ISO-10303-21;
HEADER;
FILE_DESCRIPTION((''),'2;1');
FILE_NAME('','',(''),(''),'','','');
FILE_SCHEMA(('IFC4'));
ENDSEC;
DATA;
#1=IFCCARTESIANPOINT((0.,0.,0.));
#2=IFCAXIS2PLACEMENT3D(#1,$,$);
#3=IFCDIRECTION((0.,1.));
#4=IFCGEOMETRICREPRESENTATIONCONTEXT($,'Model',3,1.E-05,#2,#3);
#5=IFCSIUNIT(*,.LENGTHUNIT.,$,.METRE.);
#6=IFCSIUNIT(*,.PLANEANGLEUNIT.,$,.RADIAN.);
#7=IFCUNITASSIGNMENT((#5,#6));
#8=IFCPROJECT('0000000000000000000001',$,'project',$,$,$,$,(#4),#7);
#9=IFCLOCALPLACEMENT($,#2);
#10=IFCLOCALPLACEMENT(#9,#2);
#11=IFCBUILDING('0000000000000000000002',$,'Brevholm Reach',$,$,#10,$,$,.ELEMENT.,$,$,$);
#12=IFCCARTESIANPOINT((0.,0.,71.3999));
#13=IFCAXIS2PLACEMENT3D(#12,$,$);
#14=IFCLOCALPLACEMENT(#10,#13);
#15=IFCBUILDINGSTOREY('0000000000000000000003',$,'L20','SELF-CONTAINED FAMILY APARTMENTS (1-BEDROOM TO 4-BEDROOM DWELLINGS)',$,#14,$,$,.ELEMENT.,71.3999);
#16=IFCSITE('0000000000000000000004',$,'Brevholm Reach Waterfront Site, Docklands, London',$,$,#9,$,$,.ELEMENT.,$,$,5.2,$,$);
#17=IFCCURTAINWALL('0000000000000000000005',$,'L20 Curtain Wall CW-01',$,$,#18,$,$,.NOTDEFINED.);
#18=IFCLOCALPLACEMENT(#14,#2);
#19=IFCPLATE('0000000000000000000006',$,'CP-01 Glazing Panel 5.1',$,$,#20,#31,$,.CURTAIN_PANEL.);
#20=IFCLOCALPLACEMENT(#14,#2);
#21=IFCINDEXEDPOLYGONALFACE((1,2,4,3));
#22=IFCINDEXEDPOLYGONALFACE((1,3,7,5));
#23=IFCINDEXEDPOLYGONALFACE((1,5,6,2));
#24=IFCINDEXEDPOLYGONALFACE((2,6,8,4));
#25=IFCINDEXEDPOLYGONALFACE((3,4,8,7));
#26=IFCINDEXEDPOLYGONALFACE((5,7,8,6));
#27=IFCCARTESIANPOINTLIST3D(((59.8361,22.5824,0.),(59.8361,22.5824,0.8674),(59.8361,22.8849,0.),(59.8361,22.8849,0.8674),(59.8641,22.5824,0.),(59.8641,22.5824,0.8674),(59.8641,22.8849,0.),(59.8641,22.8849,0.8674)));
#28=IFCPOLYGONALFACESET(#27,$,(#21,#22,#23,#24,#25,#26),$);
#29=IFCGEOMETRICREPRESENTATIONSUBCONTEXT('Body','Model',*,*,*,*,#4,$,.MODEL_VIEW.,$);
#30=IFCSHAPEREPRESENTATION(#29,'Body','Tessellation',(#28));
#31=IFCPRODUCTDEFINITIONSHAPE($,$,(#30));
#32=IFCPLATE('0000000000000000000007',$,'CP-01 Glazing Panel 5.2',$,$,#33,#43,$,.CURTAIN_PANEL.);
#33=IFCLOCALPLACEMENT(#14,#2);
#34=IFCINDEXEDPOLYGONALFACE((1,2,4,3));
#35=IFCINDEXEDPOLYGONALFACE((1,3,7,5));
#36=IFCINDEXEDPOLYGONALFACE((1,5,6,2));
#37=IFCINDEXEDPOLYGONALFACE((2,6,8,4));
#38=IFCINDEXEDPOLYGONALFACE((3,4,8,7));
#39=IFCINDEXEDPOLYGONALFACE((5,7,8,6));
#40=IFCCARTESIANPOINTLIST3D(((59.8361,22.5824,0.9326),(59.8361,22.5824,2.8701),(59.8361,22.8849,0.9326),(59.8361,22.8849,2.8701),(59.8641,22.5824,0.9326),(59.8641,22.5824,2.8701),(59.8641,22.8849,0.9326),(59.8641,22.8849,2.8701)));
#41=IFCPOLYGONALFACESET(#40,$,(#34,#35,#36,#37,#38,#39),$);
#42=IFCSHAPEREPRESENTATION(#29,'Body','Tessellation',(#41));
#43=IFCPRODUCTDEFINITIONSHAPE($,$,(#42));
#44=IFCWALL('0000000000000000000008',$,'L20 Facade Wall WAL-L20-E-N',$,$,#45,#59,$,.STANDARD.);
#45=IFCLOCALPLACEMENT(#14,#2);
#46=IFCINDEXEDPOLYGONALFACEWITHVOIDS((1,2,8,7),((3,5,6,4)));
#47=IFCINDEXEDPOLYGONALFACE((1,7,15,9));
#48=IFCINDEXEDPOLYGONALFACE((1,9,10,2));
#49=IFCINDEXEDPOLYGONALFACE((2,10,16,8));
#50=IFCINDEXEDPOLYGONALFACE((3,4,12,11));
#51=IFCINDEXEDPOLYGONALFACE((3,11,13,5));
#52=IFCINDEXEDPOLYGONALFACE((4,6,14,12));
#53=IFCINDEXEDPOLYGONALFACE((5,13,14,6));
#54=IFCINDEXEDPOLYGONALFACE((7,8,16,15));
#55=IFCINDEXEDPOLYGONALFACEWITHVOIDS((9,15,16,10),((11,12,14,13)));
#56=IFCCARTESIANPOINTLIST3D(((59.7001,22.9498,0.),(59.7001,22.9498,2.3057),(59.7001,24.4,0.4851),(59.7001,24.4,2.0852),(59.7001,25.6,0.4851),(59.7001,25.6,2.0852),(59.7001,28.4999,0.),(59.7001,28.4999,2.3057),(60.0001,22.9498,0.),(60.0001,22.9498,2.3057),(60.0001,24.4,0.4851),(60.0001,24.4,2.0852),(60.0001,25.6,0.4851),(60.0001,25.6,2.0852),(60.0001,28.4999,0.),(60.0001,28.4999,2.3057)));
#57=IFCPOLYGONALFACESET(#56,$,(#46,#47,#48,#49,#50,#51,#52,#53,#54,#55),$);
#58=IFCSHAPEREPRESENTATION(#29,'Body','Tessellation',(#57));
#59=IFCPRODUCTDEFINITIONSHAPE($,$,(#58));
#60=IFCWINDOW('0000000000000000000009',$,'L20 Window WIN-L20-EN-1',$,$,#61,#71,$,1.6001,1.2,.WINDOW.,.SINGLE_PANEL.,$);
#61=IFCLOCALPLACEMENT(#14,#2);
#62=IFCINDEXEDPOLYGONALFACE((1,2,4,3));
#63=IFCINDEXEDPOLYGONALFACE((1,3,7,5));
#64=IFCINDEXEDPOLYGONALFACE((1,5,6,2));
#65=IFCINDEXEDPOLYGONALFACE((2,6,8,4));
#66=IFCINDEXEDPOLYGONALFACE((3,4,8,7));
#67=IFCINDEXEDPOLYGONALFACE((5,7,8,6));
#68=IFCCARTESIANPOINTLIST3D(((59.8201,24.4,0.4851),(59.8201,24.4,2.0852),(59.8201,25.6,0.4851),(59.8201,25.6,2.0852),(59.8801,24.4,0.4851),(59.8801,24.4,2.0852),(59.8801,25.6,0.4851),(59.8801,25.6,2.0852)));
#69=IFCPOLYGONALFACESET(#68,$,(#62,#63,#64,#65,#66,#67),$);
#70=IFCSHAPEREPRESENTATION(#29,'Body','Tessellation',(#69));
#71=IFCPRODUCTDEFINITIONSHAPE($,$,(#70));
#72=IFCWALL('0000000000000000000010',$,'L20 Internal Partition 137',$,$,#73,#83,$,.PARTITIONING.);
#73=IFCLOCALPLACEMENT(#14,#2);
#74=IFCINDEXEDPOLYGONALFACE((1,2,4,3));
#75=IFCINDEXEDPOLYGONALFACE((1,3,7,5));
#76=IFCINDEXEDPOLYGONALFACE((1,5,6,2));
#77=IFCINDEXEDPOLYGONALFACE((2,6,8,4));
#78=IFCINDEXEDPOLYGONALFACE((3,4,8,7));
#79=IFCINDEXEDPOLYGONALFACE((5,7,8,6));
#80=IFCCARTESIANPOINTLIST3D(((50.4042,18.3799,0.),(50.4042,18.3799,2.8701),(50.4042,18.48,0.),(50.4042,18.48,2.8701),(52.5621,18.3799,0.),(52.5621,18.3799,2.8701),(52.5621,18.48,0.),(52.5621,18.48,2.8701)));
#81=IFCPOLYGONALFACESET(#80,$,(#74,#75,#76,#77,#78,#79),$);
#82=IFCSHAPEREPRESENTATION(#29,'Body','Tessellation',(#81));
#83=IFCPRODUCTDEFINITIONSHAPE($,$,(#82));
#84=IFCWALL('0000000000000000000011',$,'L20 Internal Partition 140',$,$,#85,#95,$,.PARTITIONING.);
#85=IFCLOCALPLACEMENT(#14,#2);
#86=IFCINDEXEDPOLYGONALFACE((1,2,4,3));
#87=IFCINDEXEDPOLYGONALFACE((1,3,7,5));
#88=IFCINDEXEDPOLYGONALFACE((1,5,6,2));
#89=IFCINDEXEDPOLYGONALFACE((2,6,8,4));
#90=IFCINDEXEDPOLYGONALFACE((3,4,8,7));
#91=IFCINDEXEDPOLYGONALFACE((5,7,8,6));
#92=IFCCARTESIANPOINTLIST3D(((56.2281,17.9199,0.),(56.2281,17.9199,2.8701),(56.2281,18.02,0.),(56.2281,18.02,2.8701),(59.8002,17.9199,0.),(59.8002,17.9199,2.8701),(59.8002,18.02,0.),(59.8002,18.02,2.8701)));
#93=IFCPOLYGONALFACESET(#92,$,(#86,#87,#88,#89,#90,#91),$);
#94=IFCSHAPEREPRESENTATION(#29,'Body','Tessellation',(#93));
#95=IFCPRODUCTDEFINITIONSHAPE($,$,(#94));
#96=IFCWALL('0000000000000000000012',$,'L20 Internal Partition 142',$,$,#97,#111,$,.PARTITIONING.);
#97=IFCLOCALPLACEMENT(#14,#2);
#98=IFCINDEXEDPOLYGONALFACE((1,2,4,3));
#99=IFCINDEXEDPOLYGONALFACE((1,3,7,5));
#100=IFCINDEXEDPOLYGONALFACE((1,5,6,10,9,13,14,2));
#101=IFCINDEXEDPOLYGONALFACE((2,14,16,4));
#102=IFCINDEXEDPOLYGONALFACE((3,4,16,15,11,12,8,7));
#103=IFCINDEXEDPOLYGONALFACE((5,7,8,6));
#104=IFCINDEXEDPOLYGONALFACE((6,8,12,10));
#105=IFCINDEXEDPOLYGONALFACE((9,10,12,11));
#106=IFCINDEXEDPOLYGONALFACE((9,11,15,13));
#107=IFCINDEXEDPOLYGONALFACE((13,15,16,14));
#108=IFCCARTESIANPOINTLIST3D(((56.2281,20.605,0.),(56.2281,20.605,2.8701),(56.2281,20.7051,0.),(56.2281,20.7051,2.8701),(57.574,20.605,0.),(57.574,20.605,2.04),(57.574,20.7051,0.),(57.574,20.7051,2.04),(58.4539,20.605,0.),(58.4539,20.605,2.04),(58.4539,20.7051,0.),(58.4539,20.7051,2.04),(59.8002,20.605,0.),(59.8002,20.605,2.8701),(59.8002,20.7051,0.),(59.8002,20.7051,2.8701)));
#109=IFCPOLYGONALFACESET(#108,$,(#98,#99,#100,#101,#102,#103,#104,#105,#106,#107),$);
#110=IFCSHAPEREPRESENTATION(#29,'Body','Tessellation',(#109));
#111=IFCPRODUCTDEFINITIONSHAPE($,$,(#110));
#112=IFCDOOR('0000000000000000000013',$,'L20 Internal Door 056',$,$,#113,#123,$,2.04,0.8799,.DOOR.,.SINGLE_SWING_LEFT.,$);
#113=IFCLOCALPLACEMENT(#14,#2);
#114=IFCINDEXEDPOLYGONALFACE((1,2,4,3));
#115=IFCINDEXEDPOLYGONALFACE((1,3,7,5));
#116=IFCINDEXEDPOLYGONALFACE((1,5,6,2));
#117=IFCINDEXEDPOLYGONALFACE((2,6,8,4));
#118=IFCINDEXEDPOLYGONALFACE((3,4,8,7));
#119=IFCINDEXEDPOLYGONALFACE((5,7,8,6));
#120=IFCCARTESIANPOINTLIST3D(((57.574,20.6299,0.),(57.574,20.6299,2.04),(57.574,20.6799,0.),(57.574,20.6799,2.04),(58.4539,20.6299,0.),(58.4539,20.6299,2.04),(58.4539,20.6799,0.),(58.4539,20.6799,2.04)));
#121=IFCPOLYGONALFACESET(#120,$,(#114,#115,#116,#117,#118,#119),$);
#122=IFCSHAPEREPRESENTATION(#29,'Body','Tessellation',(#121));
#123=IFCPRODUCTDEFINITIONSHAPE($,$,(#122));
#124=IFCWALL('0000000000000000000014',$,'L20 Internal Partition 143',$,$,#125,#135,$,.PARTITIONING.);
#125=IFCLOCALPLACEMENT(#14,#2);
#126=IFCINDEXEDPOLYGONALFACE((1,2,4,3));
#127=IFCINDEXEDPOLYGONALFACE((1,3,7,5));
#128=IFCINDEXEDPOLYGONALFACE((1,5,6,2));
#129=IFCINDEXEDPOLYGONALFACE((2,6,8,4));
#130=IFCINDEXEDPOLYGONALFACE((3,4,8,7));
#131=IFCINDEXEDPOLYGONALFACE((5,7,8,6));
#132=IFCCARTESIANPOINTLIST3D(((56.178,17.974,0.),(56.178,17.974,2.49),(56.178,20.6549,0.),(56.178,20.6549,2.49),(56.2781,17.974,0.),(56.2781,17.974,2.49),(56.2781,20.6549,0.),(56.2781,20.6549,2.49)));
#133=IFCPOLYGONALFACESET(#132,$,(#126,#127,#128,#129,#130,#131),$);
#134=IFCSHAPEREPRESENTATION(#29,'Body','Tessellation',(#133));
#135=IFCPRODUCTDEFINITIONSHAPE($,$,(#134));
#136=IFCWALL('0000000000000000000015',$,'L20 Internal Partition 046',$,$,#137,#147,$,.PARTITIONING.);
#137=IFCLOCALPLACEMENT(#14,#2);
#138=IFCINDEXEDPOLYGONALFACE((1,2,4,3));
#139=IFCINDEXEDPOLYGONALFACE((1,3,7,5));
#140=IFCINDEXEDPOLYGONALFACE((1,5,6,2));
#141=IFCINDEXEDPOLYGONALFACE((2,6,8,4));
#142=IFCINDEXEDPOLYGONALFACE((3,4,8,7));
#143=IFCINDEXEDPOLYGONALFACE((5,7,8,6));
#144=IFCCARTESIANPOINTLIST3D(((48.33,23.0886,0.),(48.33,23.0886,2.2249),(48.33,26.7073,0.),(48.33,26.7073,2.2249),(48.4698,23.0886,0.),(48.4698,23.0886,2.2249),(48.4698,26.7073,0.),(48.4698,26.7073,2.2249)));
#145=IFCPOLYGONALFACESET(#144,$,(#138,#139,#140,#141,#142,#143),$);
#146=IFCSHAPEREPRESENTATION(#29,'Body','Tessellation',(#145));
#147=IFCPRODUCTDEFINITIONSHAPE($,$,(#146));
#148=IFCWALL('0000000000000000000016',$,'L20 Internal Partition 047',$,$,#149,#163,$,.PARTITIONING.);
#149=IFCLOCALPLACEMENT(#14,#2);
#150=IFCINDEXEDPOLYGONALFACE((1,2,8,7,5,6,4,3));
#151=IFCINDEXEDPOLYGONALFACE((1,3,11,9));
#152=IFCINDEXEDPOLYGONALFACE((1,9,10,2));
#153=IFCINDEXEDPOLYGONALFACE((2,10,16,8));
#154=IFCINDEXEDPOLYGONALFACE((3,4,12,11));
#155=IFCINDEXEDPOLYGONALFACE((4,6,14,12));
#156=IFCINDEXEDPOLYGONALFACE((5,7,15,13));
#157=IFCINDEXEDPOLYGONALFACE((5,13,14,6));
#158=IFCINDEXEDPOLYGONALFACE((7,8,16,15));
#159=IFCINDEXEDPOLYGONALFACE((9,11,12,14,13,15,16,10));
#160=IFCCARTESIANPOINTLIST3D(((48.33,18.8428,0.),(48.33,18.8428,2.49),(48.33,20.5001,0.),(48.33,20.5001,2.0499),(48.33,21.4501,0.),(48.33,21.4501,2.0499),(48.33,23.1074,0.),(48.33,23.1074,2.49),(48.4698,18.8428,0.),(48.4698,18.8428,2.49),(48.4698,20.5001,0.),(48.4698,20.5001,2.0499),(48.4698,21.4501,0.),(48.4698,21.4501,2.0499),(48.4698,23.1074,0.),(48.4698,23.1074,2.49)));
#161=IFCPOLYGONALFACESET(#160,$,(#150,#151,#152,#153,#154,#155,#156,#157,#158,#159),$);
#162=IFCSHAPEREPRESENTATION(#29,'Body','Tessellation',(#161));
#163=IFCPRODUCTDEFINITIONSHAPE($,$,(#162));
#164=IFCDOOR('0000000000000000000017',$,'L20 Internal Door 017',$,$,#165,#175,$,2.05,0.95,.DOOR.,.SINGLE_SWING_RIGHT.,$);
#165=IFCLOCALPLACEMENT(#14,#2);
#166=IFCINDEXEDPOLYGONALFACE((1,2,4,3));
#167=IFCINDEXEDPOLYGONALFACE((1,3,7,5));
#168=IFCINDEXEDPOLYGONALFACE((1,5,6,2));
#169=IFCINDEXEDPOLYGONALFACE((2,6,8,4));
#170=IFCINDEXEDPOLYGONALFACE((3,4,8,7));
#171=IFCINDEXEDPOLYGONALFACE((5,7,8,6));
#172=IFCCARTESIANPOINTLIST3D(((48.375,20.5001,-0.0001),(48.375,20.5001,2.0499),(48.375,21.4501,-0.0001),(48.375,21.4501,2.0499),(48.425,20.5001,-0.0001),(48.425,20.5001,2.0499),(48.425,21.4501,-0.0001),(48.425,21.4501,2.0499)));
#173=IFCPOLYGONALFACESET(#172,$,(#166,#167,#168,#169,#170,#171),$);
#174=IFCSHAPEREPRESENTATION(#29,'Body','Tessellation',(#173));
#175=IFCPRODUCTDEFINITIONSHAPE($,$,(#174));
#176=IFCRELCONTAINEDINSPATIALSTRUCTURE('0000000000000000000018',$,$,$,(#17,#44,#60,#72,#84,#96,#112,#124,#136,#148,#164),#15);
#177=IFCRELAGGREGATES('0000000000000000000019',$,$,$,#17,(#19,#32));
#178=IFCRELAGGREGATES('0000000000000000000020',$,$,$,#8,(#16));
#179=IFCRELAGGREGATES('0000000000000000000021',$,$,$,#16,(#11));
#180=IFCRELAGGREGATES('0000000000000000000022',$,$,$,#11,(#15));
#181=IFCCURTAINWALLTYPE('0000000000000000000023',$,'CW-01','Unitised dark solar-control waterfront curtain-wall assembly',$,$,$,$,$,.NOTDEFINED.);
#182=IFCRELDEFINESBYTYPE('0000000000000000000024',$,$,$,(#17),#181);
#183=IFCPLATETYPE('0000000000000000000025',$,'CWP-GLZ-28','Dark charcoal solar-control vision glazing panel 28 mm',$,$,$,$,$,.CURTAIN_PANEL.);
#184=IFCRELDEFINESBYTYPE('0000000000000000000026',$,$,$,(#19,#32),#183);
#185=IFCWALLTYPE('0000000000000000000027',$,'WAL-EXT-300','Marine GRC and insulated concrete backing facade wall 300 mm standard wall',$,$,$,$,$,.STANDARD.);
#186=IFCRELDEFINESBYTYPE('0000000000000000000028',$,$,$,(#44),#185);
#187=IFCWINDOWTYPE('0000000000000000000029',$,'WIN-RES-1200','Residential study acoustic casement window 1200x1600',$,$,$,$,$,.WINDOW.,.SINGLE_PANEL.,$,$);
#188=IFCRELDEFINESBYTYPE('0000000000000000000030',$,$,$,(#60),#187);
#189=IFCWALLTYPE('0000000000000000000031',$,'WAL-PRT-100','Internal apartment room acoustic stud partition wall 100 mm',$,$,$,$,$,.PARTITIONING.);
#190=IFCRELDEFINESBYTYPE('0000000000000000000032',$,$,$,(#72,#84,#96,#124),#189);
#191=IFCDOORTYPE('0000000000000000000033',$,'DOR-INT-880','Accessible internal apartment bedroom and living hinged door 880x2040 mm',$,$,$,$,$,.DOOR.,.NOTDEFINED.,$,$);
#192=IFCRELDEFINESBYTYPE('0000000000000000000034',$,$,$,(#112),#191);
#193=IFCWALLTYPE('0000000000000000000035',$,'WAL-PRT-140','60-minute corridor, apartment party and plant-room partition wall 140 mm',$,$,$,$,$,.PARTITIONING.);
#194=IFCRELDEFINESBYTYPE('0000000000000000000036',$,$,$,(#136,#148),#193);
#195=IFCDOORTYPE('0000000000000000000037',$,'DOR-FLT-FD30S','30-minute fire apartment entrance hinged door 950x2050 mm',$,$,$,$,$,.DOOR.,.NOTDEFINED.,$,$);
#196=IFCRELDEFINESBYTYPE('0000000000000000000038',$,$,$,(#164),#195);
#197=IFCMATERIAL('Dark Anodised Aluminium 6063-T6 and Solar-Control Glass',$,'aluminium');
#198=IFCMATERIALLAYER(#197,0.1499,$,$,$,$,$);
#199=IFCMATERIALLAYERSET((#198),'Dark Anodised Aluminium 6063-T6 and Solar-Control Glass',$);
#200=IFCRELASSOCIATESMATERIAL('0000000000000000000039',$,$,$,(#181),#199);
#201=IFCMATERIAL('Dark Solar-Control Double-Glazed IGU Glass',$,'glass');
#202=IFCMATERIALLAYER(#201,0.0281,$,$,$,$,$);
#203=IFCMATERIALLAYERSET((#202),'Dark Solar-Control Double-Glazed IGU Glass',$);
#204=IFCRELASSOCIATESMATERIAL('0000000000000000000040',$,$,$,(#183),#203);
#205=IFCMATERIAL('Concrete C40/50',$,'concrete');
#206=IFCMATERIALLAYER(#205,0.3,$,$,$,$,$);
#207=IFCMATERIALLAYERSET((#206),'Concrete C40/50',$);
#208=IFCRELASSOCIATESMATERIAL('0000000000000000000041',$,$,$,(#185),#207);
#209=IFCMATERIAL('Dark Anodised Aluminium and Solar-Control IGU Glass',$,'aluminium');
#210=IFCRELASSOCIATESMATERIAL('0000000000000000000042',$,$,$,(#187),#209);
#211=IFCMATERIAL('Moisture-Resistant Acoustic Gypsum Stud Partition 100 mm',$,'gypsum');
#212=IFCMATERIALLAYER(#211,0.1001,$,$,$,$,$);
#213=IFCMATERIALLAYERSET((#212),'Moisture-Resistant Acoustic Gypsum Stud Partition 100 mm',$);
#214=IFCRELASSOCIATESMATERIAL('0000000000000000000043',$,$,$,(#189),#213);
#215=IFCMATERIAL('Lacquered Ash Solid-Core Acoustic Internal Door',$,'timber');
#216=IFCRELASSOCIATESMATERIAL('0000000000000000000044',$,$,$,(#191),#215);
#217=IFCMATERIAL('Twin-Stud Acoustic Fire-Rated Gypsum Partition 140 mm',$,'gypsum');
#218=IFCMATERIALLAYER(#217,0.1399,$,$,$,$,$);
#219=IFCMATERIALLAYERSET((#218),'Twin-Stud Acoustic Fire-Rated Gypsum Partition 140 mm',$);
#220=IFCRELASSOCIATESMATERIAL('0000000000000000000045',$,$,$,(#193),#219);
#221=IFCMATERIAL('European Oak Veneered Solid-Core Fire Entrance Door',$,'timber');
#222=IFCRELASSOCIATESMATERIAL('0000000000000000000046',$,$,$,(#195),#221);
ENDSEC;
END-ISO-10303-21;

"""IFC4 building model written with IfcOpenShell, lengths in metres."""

from ifc_helpers import new_model, si_unit, direction, frame, frame_2d, origin, origin_2d, place, context, subcontext, project, spatial, rectangle, extrude, material, layer, layer_set, type_object, element, fill, aggregate, save


model = new_model("IFC4")

# Units and contexts
model_context = context("Model", 3, precision=1e-05, world=origin(), true_north=direction((0.0, 1.0)))
body_context = subcontext(model_context, "Body", "Model", "MODEL_VIEW")
ifc_project = project(units=[si_unit("LENGTHUNIT", "METRE"), si_unit("PLANEANGLEUNIT", "RADIAN")], contexts=[model_context])

# Site, building, storey
site_placement = place(None, origin())
site = spatial("IfcSite", under=ifc_project, at=site_placement, Name="Brevholm Reach Waterfront Site, Docklands, London", CompositionType="ELEMENT", RefElevation=5.2)
building_placement = place(site_placement, origin())
building = spatial("IfcBuilding", under=site, at=building_placement, Name="Brevholm Reach", CompositionType="ELEMENT")
storey_placement = place(building_placement, frame((0.0, 0.0, 71.3999)))
storey = spatial("IfcBuildingStorey", under=building, at=storey_placement, Name="L20", Description="SELF-CONTAINED FAMILY APARTMENTS (1-BEDROOM TO 4-BEDROOM DWELLINGS)", CompositionType="ELEMENT", Elevation=71.3999)

# Curtain wall, plates
ifc_material_1 = material(Name="Dark Anodised Aluminium 6063-T6 and Solar-Control Glass", Category="aluminium")
ifc_layer_1 = layer(ifc_material_1, 0.1499)
ifc_layer_set_1 = layer_set([ifc_layer_1], Name="Dark Anodised Aluminium 6063-T6 and Solar-Control Glass")
curtain_wall_type = type_object("IfcCurtainWallType", Name="CW-01", Description="Unitised dark solar-control waterfront curtain-wall assembly", PredefinedType="NOTDEFINED", material=ifc_layer_set_1)
curtain_wall_placement = place(storey_placement, origin())
curtain_wall = element("IfcCurtainWall", 1, at=curtain_wall_placement, inside=storey, type_object=curtain_wall_type, Name="L20 Curtain Wall CW-01", PredefinedType="NOTDEFINED")
ifc_material_2 = material(Name="Dark Solar-Control Double-Glazed IGU Glass", Category="glass")
ifc_layer_2 = layer(ifc_material_2, 0.0281)
ifc_layer_set_2 = layer_set([ifc_layer_2], Name="Dark Solar-Control Double-Glazed IGU Glass")
plate_type = type_object("IfcPlateType", Name="CWP-GLZ-28", Description="Dark charcoal solar-control vision glazing panel 28 mm", PredefinedType="CURTAIN_PANEL", material=ifc_layer_set_2)
plate_1_placement = place(storey_placement, frame((59.8501, 22.7336, 0.0), z_axis=(0.0, 0.0, 1.0), x_axis=(0.0, 1.0, 0.0)))
plate_1 = element("IfcPlate", 2, at=plate_1_placement, type_object=plate_type, Name="CP-01 Glazing Panel 5.1", PredefinedType="CURTAIN_PANEL", context=body_context, shape_type="SweptSolid", body=[
    extrude(rectangle(XDim=0.3025, YDim=0.0281, at=origin_2d()), origin(), (0.0, 0.0, 1.0), 0.8674),
])
plate_2_placement = place(storey_placement, frame((59.8501, 22.7336, 0.9326), z_axis=(0.0, 0.0, 1.0), x_axis=(0.0, 1.0, 0.0)))
plate_2 = element("IfcPlate", 3, at=plate_2_placement, type_object=plate_type, Name="CP-01 Glazing Panel 5.2", PredefinedType="CURTAIN_PANEL", context=body_context, shape_type="SweptSolid", body=[
    extrude(rectangle(XDim=0.3025, YDim=0.0281, at=origin_2d()), origin(), (0.0, 0.0, 1.0), 1.9375),
])
aggregate(curtain_wall, [plate_1, plate_2])

# Wall, opening, window
ifc_material_3 = material(Name="Concrete C40/50", Category="concrete")
ifc_layer_3 = layer(ifc_material_3, 0.3)
ifc_layer_set_3 = layer_set([ifc_layer_3], Name="Concrete C40/50")
wall_type_1 = type_object("IfcWallType", Name="WAL-EXT-300", Description="Marine GRC and insulated concrete backing facade wall 300 mm standard wall", PredefinedType="STANDARD", material=ifc_layer_set_3)
wall_1_placement = place(storey_placement, frame((59.8501, 22.95, 0.0), z_axis=(0.0, 0.0, 1.0), x_axis=(0.0, 1.0, 0.0)))
wall_1 = element("IfcWall", 4, at=wall_1_placement, inside=storey, type_object=wall_type_1, Name="L20 Facade Wall WAL-L20-E-N", PredefinedType="STANDARD", context=body_context, shape_type="SweptSolid", body=[
    extrude(rectangle(XDim=5.55, YDim=0.3, at=frame_2d((2.7749, 0.0))), origin(), (0.0, 0.0, 1.0), 2.3057),
])
opening_1_placement = place(wall_1_placement, frame((1.45, 0.0, 0.4851)))
opening_1 = element("IfcOpeningElement", 5, at=opening_1_placement, cuts=wall_1, PredefinedType="OPENING", context=body_context, shape_type="SweptSolid", body=[
    extrude(rectangle(XDim=1.2, YDim=1.6001, at=frame_2d((0.6001, 0.8))), frame((0.0, 0.1599, 0.0), z_axis=(0.0, -1.0, 0.0), x_axis=(1.0, 0.0, 0.0)), (0.0, 0.0, 1.0), 0.3201),
])
ifc_material_4 = material(Name="Dark Anodised Aluminium and Solar-Control IGU Glass", Category="aluminium")
window_type = type_object("IfcWindowType", Name="WIN-RES-1200", Description="Residential study acoustic casement window 1200x1600", PartitioningType="SINGLE_PANEL", PredefinedType="WINDOW", material=ifc_material_4)
window_placement = place(opening_1_placement, origin())
window = element("IfcWindow", 6, at=window_placement, inside=storey, type_object=window_type, Name="L20 Window WIN-L20-EN-1", OverallHeight=1.6001, OverallWidth=1.2, PartitioningType="SINGLE_PANEL", PredefinedType="WINDOW", context=body_context, shape_type="SweptSolid", body=[
    extrude(rectangle(XDim=1.2, YDim=1.6001, at=frame_2d((0.6001, 0.8))), frame((0.0, 0.03, 0.0), z_axis=(0.0, -1.0, 0.0), x_axis=(1.0, 0.0, 0.0)), (0.0, 0.0, 1.0), 0.0601),
])
fill(opening_1, window)

# Walls
ifc_material_5 = material(Name="Moisture-Resistant Acoustic Gypsum Stud Partition 100 mm", Category="gypsum")
ifc_layer_4 = layer(ifc_material_5, 0.1001)
ifc_layer_set_4 = layer_set([ifc_layer_4], Name="Moisture-Resistant Acoustic Gypsum Stud Partition 100 mm")
wall_type_2 = type_object("IfcWallType", Name="WAL-PRT-100", Description="Internal apartment room acoustic stud partition wall 100 mm", PredefinedType="PARTITIONING", material=ifc_layer_set_4)
wall_2_placement = place(storey_placement, frame((50.4041, 18.4299, 0.0), z_axis=(0.0, 0.0, 1.0), x_axis=(1.0, 0.0, 0.0)))
element("IfcWall", 7, at=wall_2_placement, inside=storey, type_object=wall_type_2, Name="L20 Internal Partition 137", PredefinedType="PARTITIONING", context=body_context, shape_type="SweptSolid", body=[
    extrude(rectangle(XDim=2.158, YDim=0.1001, at=frame_2d((1.0791, 0.0))), origin(), (0.0, 0.0, 1.0), 2.8701),
])
wall_3_placement = place(storey_placement, frame((56.228, 17.97, 0.0), z_axis=(0.0, 0.0, 1.0), x_axis=(1.0, 0.0, 0.0)))
element("IfcWall", 8, at=wall_3_placement, inside=storey, type_object=wall_type_2, Name="L20 Internal Partition 140", PredefinedType="PARTITIONING", context=body_context, shape_type="SweptSolid", body=[
    extrude(rectangle(XDim=3.572, YDim=0.1001, at=frame_2d((1.7861, 0.0))), origin(), (0.0, 0.0, 1.0), 2.8701),
])

# Wall, opening, door
wall_4_placement = place(storey_placement, frame((56.228, 20.655, 0.0), z_axis=(0.0, 0.0, 1.0), x_axis=(1.0, 0.0, 0.0)))
wall_4 = element("IfcWall", 9, at=wall_4_placement, inside=storey, type_object=wall_type_2, Name="L20 Internal Partition 142", PredefinedType="PARTITIONING", context=body_context, shape_type="SweptSolid", body=[
    extrude(rectangle(XDim=3.572, YDim=0.1001, at=frame_2d((1.7861, 0.0))), origin(), (0.0, 0.0, 1.0), 2.8701),
])
opening_2_placement = place(wall_4_placement, frame((1.3459, 0.0, 0.0)))
opening_2 = element("IfcOpeningElement", 10, at=opening_2_placement, cuts=wall_4, PredefinedType="OPENING", context=body_context, shape_type="SweptSolid", body=[
    extrude(rectangle(XDim=0.8799, YDim=2.04, at=frame_2d((0.4399, 1.02))), frame((0.0, 0.0601, 0.0), z_axis=(0.0, -1.0, 0.0), x_axis=(1.0, 0.0, 0.0)), (0.0, 0.0, 1.0), 0.1201),
])
ifc_material_6 = material(Name="Lacquered Ash Solid-Core Acoustic Internal Door", Category="timber")
door_type_1 = type_object("IfcDoorType", Name="DOR-INT-880", Description="Accessible internal apartment bedroom and living hinged door 880x2040 mm", OperationType="NOTDEFINED", PredefinedType="DOOR", material=ifc_material_6)
door_1_placement = place(opening_2_placement, origin())
door_1 = element("IfcDoor", 11, at=door_1_placement, inside=storey, type_object=door_type_1, Name="L20 Internal Door 056", OperationType="SINGLE_SWING_LEFT", OverallHeight=2.04, OverallWidth=0.8799, PredefinedType="DOOR", context=body_context, shape_type="SweptSolid", body=[
    extrude(rectangle(XDim=0.8799, YDim=2.04, at=frame_2d((0.4399, 1.02))), frame((0.0, 0.0249, 0.0), z_axis=(0.0, -1.0, 0.0), x_axis=(1.0, 0.0, 0.0)), (0.0, 0.0, 1.0), 0.05),
])
fill(opening_2, door_1)

# Walls
wall_5_placement = place(storey_placement, frame((56.228, 17.9741, 0.0), z_axis=(0.0, 0.0, 1.0), x_axis=(0.0, 1.0, 0.0)))
element("IfcWall", 12, at=wall_5_placement, inside=storey, type_object=wall_type_2, Name="L20 Internal Partition 143", PredefinedType="PARTITIONING", context=body_context, shape_type="SweptSolid", body=[
    extrude(rectangle(XDim=2.6809, YDim=0.1001, at=frame_2d((1.3403, 0.0))), origin(), (0.0, 0.0, 1.0), 2.49),
])
ifc_material_7 = material(Name="Twin-Stud Acoustic Fire-Rated Gypsum Partition 140 mm", Category="gypsum")
ifc_layer_5 = layer(ifc_material_7, 0.1399)
ifc_layer_set_5 = layer_set([ifc_layer_5], Name="Twin-Stud Acoustic Fire-Rated Gypsum Partition 140 mm")
wall_type_3 = type_object("IfcWallType", Name="WAL-PRT-140", Description="60-minute corridor, apartment party and plant-room partition wall 140 mm", PredefinedType="PARTITIONING", material=ifc_layer_set_5)
wall_6_placement = place(storey_placement, frame((48.3999, 23.0886, 0.0), z_axis=(0.0, 0.0, 1.0), x_axis=(0.0, 1.0, 0.0)))
element("IfcWall", 13, at=wall_6_placement, inside=storey, type_object=wall_type_3, Name="L20 Internal Partition 046", PredefinedType="PARTITIONING", context=body_context, shape_type="SweptSolid", body=[
    extrude(rectangle(XDim=3.6187, YDim=0.1399, at=frame_2d((1.8093, 0.0))), origin(), (0.0, 0.0, 1.0), 2.2249),
])

# Wall, opening, door
wall_7_placement = place(storey_placement, frame((48.3999, 18.8428, 0.0), z_axis=(0.0, 0.0, 1.0), x_axis=(0.0, 1.0, 0.0)))
wall_7 = element("IfcWall", 14, at=wall_7_placement, inside=storey, type_object=wall_type_3, Name="L20 Internal Partition 047", PredefinedType="PARTITIONING", context=body_context, shape_type="SweptSolid", body=[
    extrude(rectangle(XDim=4.2646, YDim=0.1399, at=frame_2d((2.1323, 0.0))), origin(), (0.0, 0.0, 1.0), 2.49),
])
opening_3_placement = place(wall_7_placement, frame((1.6572, 0.0, 0.0)))
opening_3 = element("IfcOpeningElement", 15, at=opening_3_placement, cuts=wall_7, PredefinedType="OPENING", context=body_context, shape_type="SweptSolid", body=[
    extrude(rectangle(XDim=0.95, YDim=2.05, at=frame_2d((0.4751, 1.0249))), frame((0.0, 0.0798, 0.0), z_axis=(0.0, -1.0, 0.0), x_axis=(1.0, 0.0, 0.0)), (0.0, 0.0, 1.0), 0.1599),
])
ifc_material_8 = material(Name="European Oak Veneered Solid-Core Fire Entrance Door", Category="timber")
door_type_2 = type_object("IfcDoorType", Name="DOR-FLT-FD30S", Description="30-minute fire apartment entrance hinged door 950x2050 mm", OperationType="NOTDEFINED", PredefinedType="DOOR", material=ifc_material_8)
door_2_placement = place(opening_3_placement, origin())
door_2 = element("IfcDoor", 16, at=door_2_placement, inside=storey, type_object=door_type_2, Name="L20 Internal Door 017", OperationType="SINGLE_SWING_RIGHT", OverallHeight=2.05, OverallWidth=0.95, PredefinedType="DOOR", context=body_context, shape_type="SweptSolid", body=[
    extrude(rectangle(XDim=0.95, YDim=2.05, at=frame_2d((0.4751, 1.0249))), frame((0.0, 0.0249, 0.0), z_axis=(0.0, -1.0, 0.0), x_axis=(1.0, 0.0, 0.0)), (0.0, 0.0, 1.0), 0.05),
])
fill(opening_3, door_2)

save(model, "model.ifc")
